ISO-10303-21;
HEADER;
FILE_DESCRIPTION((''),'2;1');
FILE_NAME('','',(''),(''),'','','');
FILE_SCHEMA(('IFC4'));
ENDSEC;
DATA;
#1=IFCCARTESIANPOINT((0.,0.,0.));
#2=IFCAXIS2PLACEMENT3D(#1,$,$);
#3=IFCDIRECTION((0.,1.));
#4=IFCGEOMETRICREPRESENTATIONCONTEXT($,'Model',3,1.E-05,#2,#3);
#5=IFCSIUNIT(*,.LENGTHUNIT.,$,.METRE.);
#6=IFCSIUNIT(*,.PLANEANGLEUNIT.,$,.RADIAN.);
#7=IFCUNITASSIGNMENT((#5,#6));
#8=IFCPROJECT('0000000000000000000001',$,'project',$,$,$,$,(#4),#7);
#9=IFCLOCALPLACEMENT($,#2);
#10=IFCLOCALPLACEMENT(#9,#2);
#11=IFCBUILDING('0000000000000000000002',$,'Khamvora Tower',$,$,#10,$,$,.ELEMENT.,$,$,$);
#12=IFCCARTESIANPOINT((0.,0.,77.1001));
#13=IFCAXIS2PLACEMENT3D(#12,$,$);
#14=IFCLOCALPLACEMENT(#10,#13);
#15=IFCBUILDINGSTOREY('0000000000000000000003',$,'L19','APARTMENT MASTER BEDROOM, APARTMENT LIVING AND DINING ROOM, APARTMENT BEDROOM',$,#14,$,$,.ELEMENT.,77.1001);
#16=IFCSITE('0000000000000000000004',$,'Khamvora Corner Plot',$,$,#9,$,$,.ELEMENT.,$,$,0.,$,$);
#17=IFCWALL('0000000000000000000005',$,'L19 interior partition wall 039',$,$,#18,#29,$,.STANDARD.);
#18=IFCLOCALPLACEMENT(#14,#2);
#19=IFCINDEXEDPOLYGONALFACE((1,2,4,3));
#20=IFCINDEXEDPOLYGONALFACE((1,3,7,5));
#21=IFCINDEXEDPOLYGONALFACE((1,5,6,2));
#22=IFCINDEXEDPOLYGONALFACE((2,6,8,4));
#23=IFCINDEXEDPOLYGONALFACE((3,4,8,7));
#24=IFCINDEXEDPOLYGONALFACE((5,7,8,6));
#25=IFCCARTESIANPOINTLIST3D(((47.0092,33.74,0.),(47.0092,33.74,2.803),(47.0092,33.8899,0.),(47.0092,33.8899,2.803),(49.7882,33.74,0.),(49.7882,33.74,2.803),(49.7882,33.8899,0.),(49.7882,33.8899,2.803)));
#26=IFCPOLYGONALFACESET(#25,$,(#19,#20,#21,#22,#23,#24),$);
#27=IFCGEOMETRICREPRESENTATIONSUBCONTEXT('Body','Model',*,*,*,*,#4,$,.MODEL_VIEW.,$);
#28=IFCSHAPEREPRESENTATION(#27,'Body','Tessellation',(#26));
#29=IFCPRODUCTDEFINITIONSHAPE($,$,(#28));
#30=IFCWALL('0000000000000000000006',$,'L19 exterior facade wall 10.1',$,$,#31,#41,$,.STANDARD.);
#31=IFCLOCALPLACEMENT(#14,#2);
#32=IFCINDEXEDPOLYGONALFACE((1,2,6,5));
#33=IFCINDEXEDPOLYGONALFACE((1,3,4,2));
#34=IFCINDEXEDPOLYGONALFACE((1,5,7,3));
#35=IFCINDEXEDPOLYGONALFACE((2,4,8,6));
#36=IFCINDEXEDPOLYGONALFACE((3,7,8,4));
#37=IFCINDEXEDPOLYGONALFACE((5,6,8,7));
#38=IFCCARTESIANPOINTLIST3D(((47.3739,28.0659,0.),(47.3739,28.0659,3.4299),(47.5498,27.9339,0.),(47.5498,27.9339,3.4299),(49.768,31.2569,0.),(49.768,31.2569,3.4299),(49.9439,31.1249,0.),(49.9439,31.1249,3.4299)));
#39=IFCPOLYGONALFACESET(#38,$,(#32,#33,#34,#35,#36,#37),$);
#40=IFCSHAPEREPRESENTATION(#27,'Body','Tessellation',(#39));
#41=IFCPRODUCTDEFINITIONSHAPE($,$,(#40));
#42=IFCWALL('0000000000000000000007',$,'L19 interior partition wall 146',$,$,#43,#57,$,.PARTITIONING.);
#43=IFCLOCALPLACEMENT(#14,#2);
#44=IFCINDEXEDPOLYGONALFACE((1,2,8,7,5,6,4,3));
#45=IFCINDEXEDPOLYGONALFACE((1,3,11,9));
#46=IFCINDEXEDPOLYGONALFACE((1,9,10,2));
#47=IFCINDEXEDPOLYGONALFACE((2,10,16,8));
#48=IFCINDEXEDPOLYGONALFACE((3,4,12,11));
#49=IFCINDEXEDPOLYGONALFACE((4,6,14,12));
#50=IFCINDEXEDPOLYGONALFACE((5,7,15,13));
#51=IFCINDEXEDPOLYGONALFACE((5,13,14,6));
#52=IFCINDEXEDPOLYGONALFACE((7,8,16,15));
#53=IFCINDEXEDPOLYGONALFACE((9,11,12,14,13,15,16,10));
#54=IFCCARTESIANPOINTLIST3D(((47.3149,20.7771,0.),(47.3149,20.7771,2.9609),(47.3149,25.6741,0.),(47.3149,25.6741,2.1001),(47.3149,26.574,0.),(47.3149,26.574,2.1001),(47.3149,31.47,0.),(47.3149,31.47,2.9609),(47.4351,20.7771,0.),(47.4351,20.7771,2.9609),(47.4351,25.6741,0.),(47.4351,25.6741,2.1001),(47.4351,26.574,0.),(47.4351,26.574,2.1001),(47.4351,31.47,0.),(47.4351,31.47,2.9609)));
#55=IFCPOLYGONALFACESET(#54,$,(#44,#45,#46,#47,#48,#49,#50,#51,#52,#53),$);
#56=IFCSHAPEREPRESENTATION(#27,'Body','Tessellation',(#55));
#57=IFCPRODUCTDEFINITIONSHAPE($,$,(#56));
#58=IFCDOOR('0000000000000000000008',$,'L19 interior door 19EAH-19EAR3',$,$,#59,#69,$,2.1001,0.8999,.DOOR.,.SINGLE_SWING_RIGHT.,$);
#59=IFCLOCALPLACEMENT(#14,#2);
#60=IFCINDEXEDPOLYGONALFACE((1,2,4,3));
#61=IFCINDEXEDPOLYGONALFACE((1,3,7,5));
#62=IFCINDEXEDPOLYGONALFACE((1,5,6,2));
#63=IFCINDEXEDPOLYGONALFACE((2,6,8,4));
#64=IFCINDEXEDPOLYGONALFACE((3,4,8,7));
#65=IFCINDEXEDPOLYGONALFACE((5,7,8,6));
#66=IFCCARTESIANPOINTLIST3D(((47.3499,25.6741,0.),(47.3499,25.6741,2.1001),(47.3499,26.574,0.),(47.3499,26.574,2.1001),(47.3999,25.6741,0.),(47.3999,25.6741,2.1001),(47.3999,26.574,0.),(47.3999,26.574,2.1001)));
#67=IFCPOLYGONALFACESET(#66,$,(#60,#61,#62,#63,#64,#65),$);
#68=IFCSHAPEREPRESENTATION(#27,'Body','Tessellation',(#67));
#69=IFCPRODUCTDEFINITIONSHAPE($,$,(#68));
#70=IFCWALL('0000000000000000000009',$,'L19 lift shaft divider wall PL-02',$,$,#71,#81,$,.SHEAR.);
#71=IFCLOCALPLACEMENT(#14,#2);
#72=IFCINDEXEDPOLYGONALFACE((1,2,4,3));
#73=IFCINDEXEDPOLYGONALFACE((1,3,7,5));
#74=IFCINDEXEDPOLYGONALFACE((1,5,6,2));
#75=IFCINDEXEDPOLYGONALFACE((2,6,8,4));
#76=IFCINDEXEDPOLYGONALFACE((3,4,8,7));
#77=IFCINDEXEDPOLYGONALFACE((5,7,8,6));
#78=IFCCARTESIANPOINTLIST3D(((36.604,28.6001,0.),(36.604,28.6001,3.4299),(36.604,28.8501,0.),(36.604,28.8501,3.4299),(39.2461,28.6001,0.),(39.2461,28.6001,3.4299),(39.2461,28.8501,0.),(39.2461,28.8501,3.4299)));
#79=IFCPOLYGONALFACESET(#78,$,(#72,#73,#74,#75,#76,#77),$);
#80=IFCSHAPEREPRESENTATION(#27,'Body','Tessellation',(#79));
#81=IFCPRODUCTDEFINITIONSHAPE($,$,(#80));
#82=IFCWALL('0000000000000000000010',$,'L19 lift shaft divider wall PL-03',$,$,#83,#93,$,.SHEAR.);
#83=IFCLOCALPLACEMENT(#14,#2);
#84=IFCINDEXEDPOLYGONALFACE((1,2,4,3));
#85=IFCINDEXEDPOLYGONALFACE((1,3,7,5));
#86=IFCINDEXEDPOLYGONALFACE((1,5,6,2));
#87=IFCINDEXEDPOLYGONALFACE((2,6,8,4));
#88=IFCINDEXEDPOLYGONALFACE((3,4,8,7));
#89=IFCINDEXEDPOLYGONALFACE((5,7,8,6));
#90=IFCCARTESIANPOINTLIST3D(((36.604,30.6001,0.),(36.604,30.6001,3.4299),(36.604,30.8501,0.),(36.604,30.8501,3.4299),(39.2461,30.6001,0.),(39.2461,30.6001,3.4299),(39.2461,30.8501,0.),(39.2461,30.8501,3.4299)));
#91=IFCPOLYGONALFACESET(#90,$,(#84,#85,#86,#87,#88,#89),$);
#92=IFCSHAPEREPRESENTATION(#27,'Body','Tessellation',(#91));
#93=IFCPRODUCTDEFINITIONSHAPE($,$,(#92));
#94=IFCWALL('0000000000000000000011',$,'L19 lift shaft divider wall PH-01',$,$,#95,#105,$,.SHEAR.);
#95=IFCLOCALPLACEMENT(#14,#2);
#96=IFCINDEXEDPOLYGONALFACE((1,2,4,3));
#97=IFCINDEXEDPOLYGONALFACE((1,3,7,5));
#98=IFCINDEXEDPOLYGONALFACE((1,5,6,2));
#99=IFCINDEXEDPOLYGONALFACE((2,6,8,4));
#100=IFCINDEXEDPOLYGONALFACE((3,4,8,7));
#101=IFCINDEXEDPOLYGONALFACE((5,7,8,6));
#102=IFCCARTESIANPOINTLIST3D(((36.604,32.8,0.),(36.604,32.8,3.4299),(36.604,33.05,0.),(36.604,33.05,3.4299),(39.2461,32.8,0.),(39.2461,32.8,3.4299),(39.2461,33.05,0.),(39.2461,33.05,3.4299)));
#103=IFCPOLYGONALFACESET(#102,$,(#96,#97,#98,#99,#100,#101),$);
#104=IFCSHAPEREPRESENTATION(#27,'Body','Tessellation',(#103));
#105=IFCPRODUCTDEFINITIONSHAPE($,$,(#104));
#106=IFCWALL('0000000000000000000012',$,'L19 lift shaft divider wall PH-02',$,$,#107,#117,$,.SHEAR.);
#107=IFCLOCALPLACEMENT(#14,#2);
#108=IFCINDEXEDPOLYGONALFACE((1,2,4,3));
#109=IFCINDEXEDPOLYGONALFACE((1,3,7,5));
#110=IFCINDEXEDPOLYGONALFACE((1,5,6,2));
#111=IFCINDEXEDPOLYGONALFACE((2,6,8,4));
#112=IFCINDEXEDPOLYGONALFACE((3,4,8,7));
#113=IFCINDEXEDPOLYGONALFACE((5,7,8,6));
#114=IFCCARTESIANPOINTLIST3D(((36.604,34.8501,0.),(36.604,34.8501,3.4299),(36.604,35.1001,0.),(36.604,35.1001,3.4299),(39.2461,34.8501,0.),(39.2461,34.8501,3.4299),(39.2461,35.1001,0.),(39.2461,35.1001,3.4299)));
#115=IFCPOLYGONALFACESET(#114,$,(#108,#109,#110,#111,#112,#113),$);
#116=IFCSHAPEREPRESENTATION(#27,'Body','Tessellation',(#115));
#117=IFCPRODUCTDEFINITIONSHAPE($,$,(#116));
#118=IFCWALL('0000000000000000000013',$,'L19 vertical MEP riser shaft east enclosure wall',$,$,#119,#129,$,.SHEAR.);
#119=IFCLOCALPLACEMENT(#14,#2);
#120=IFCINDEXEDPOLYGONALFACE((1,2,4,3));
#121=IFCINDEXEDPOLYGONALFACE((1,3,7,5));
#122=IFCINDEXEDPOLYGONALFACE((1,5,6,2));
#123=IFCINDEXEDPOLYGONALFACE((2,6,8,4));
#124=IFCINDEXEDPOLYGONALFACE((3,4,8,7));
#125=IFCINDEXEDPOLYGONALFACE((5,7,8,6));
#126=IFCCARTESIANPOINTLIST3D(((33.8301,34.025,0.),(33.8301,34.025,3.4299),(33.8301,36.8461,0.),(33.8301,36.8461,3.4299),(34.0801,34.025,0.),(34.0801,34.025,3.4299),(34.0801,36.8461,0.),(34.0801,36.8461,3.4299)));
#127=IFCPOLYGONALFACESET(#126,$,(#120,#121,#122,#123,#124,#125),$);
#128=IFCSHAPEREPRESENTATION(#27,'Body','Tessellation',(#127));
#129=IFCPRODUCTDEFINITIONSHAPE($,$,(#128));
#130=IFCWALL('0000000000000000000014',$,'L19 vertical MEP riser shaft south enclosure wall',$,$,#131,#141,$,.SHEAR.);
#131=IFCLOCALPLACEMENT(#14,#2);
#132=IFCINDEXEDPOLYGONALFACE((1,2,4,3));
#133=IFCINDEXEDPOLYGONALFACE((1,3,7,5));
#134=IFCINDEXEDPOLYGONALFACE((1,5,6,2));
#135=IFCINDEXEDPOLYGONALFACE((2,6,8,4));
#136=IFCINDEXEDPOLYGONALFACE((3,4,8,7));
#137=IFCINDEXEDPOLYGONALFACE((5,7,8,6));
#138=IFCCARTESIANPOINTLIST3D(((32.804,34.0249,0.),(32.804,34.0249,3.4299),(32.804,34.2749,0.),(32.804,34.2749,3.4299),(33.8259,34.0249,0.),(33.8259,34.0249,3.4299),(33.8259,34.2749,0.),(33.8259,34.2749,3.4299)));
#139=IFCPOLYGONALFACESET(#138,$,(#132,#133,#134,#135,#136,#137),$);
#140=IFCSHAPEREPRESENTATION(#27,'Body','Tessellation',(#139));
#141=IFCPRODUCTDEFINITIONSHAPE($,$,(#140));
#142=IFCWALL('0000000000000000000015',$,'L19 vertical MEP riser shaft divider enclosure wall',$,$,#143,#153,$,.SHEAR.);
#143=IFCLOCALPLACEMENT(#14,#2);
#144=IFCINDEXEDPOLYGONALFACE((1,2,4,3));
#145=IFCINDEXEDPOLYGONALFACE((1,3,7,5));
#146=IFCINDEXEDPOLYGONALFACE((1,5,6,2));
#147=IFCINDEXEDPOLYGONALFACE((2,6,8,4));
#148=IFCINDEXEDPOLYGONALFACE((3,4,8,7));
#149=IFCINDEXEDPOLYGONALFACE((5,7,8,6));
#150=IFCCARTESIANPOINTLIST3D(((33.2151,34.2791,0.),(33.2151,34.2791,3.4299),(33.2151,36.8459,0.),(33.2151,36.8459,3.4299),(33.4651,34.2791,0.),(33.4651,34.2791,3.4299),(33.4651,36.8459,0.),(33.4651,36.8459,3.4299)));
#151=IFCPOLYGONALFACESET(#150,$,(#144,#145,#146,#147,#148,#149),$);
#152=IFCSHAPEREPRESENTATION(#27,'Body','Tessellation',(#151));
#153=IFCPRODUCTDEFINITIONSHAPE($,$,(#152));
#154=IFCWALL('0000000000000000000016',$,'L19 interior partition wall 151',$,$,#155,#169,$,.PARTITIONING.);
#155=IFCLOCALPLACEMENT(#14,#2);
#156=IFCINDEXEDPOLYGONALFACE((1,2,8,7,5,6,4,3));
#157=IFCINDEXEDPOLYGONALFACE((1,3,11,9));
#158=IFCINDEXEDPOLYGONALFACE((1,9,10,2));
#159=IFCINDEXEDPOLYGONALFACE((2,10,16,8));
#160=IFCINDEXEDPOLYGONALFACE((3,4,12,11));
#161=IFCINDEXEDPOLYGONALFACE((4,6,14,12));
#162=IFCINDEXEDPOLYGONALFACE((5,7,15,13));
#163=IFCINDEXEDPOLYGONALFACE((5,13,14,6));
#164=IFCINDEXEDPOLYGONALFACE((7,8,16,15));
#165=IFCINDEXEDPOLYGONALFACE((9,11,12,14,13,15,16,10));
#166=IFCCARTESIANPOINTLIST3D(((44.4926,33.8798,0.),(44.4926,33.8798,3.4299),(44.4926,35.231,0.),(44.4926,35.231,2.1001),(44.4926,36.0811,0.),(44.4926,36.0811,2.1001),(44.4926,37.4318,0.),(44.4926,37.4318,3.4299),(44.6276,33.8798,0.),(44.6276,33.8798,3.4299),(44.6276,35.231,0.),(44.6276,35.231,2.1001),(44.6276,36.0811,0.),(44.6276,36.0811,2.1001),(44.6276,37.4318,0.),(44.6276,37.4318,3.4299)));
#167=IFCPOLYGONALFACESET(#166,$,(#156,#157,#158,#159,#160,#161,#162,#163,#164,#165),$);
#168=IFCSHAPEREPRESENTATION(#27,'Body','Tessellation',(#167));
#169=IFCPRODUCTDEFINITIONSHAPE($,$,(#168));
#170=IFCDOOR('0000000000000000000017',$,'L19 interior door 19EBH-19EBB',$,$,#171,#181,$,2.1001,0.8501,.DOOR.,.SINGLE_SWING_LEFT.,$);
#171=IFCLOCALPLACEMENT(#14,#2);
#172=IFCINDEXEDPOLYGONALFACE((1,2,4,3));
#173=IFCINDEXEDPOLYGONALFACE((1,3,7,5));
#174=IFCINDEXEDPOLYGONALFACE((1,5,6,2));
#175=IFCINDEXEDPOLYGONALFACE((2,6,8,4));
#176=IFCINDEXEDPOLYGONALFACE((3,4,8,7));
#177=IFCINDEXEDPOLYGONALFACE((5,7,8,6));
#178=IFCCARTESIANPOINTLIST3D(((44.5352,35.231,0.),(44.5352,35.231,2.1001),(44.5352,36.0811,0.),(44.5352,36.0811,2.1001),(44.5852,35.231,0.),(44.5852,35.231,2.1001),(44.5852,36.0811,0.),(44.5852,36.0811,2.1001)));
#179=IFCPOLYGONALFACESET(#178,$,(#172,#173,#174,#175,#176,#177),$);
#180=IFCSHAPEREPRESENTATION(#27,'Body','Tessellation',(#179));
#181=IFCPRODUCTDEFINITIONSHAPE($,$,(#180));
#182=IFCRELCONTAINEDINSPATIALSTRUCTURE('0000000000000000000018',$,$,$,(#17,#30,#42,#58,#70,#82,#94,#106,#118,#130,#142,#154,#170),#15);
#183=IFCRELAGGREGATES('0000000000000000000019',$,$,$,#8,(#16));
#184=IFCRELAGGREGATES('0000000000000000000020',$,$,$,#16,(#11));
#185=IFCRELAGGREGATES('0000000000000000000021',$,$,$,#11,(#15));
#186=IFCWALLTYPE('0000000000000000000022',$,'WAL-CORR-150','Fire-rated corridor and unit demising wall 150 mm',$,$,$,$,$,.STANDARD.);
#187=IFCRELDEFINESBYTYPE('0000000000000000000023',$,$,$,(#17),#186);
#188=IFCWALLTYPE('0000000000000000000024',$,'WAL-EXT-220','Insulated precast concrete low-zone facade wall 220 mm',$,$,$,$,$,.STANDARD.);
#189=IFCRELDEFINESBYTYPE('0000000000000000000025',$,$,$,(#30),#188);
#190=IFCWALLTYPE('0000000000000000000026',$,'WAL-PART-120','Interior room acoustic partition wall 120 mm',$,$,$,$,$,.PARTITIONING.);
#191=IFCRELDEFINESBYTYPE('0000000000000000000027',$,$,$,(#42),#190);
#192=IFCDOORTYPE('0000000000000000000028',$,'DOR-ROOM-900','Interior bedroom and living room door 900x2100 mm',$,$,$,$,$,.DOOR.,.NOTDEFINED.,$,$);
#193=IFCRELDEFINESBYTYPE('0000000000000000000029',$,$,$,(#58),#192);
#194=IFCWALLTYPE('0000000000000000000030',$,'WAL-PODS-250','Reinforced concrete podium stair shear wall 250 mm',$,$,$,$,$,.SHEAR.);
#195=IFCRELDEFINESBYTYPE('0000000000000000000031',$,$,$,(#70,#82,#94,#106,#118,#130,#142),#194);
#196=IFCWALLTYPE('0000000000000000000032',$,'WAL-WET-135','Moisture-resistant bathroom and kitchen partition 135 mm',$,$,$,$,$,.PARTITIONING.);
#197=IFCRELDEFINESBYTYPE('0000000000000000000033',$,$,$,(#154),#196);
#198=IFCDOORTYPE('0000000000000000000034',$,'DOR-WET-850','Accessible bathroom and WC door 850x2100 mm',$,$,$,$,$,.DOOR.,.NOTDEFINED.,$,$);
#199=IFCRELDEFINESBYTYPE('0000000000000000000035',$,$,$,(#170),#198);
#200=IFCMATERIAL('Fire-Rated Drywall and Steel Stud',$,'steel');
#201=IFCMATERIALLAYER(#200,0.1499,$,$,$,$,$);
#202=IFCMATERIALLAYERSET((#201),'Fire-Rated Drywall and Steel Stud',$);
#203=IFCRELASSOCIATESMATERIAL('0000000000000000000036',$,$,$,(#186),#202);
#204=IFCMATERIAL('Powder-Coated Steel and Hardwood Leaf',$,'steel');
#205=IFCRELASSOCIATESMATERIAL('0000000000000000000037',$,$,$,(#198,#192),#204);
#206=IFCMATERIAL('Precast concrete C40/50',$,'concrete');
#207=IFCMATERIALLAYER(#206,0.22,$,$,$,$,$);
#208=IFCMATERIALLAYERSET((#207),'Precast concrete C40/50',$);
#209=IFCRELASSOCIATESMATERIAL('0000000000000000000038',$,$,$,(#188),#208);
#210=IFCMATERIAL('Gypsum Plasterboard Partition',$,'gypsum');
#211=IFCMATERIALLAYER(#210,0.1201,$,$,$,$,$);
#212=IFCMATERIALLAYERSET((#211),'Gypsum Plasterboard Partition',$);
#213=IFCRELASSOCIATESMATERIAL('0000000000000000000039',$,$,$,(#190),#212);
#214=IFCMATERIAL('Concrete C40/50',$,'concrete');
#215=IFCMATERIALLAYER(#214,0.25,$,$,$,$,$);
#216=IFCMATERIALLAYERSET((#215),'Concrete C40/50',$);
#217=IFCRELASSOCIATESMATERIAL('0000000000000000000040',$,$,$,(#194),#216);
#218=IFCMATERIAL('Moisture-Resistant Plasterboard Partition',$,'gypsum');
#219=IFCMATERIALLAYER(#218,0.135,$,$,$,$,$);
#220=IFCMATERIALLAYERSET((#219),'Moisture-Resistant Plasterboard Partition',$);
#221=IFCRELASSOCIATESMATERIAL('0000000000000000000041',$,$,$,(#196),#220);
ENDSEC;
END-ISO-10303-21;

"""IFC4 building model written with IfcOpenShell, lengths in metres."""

from ifc_helpers import new_model, si_unit, direction, frame, frame_2d, origin, place, context, subcontext, project, spatial, rectangle, extrude, material, layer, layer_set, type_object, element, fill, save


model = new_model("IFC4")

# Units and contexts
model_context = context("Model", 3, precision=1e-05, world=origin(), true_north=direction((0.0, 1.0)))
body_context = subcontext(model_context, "Body", "Model", "MODEL_VIEW")
ifc_project = project(units=[si_unit("LENGTHUNIT", "METRE"), si_unit("PLANEANGLEUNIT", "RADIAN")], contexts=[model_context])

# Site, building, storey
site_placement = place(None, origin())
site = spatial("IfcSite", under=ifc_project, at=site_placement, Name="Khamvora Corner Plot", CompositionType="ELEMENT", RefElevation=0.0)
building_placement = place(site_placement, origin())
building = spatial("IfcBuilding", under=site, at=building_placement, Name="Khamvora Tower", CompositionType="ELEMENT")
storey_placement = place(building_placement, frame((0.0, 0.0, 77.1001)))
storey = spatial("IfcBuildingStorey", under=building, at=storey_placement, Name="L19", Description="APARTMENT MASTER BEDROOM, APARTMENT LIVING AND DINING ROOM, APARTMENT BEDROOM", CompositionType="ELEMENT", Elevation=77.1001)

# Shared definitions
ifc_material_1 = material(Name="Fire-Rated Drywall and Steel Stud", Category="steel")
ifc_layer_1 = layer(ifc_material_1, 0.1499)
ifc_layer_set_1 = layer_set([ifc_layer_1], Name="Fire-Rated Drywall and Steel Stud")
wall_type_1 = type_object("IfcWallType", Name="WAL-CORR-150", Description="Fire-rated corridor and unit demising wall 150 mm", PredefinedType="STANDARD", material=ifc_layer_set_1)

# Shared definitions
ifc_material_2 = material(Name="Powder-Coated Steel and Hardwood Leaf", Category="steel")
door_type_1 = type_object("IfcDoorType", Name="DOR-WET-850", Description="Accessible bathroom and WC door 850x2100 mm", OperationType="NOTDEFINED", PredefinedType="DOOR", material=ifc_material_2)

# Walls
wall_1_placement = place(storey_placement, frame((47.009, 33.8149, 0.0), z_axis=(0.0, 0.0, 1.0), x_axis=(1.0, 0.0, 0.0)))
element("IfcWall", 1, at=wall_1_placement, inside=storey, type_object=wall_type_1, Name="L19 interior partition wall 039", PredefinedType="STANDARD", context=body_context, shape_type="SweptSolid", body=[
    extrude(rectangle(XDim=2.7791, YDim=0.1499, at=frame_2d((1.3896, 0.0))), origin(), (0.0, 0.0, 1.0), 2.803),
])
ifc_material_3 = material(Name="Precast concrete C40/50", Category="concrete")
ifc_layer_2 = layer(ifc_material_3, 0.22)
ifc_layer_set_2 = layer_set([ifc_layer_2], Name="Precast concrete C40/50")
wall_type_2 = type_object("IfcWallType", Name="WAL-EXT-220", Description="Insulated precast concrete low-zone facade wall 220 mm", PredefinedType="STANDARD", material=ifc_layer_set_2)
wall_2_placement = place(storey_placement, frame((49.856, 31.1909, 0.0), z_axis=(0.0, 0.0, 1.0), x_axis=(-0.600137, -0.799897, 0.0)))
element("IfcWall", 2, at=wall_2_placement, inside=storey, type_object=wall_type_2, Name="L19 exterior facade wall 10.1", PredefinedType="STANDARD", context=body_context, shape_type="SweptSolid", body=[
    extrude(rectangle(XDim=3.9893, YDim=0.22, at=frame_2d((1.9946, 0.0))), origin(), (0.0, 0.0, 1.0), 3.4299),
])

# Wall, opening, door
ifc_material_4 = material(Name="Gypsum Plasterboard Partition", Category="gypsum")
ifc_layer_3 = layer(ifc_material_4, 0.1201)
ifc_layer_set_3 = layer_set([ifc_layer_3], Name="Gypsum Plasterboard Partition")
wall_type_3 = type_object("IfcWallType", Name="WAL-PART-120", Description="Interior room acoustic partition wall 120 mm", PredefinedType="PARTITIONING", material=ifc_layer_set_3)
wall_3_placement = place(storey_placement, frame((47.375, 31.47, 0.0), z_axis=(0.0, 0.0, 1.0), x_axis=(0.0, -1.0, 0.0)))
wall_3 = element("IfcWall", 3, at=wall_3_placement, inside=storey, type_object=wall_type_3, Name="L19 interior partition wall 146", PredefinedType="PARTITIONING", context=body_context, shape_type="SweptSolid", body=[
    extrude(rectangle(XDim=10.6929, YDim=0.1201, at=frame_2d((5.3464, 0.0))), origin(), (0.0, 0.0, 1.0), 2.9609),
])
opening_1_placement = place(wall_3_placement, frame((4.896, 0.0, 0.0)))
opening_1 = element("IfcOpeningElement", 4, at=opening_1_placement, cuts=wall_3, PredefinedType="OPENING", context=body_context, shape_type="SweptSolid", body=[
    extrude(rectangle(XDim=0.8999, YDim=2.1001, at=frame_2d((0.45, 1.05))), frame((0.0, 0.0701, 0.0), z_axis=(0.0, -1.0, 0.0), x_axis=(1.0, 0.0, 0.0)), (0.0, 0.0, 1.0), 0.1401),
])
door_type_2 = type_object("IfcDoorType", Name="DOR-ROOM-900", Description="Interior bedroom and living room door 900x2100 mm", OperationType="NOTDEFINED", PredefinedType="DOOR", material=ifc_material_2)
door_1_placement = place(opening_1_placement, origin())
door_1 = element("IfcDoor", 5, at=door_1_placement, inside=storey, type_object=door_type_2, Name="L19 interior door 19EAH-19EAR3", OperationType="SINGLE_SWING_RIGHT", OverallHeight=2.1001, OverallWidth=0.8999, PredefinedType="DOOR", context=body_context, shape_type="SweptSolid", body=[
    extrude(rectangle(XDim=0.8999, YDim=2.1001, at=frame_2d((0.45, 1.05))), frame((0.0, 0.0249, 0.0), z_axis=(0.0, -1.0, 0.0), x_axis=(1.0, 0.0, 0.0)), (0.0, 0.0, 1.0), 0.05),
])
fill(opening_1, door_1)

# Walls
ifc_material_5 = material(Name="Concrete C40/50", Category="concrete")
ifc_layer_4 = layer(ifc_material_5, 0.25)
ifc_layer_set_4 = layer_set([ifc_layer_4], Name="Concrete C40/50")
wall_type_4 = type_object("IfcWallType", Name="WAL-PODS-250", Description="Reinforced concrete podium stair shear wall 250 mm", PredefinedType="SHEAR", material=ifc_layer_set_4)
for number, where, z_axis, x_axis, name in (
    (6, (36.604, 28.7251, 0.0), (0.0, 0.0, 1.0), (1.0, 0.0, 0.0), "L19 lift shaft divider wall PL-02"),
    (7, (36.604, 30.7251, 0.0), (0.0, 0.0, 1.0), (1.0, 0.0, 0.0), "L19 lift shaft divider wall PL-03"),
    (8, (36.604, 32.925, 0.0), (0.0, 0.0, 1.0), (1.0, 0.0, 0.0), "L19 lift shaft divider wall PH-01"),
    (9, (36.604, 34.9751, 0.0), (0.0, 0.0, 1.0), (1.0, 0.0, 0.0), "L19 lift shaft divider wall PH-02"),
):
    element("IfcWall", number, at=place(storey_placement, frame(where, z_axis=z_axis, x_axis=x_axis)), inside=storey, type_object=wall_type_4, Name=name, PredefinedType="SHEAR", context=body_context, shape_type="SweptSolid", body=[
        extrude(rectangle(XDim=2.6421, YDim=0.25, at=frame_2d((1.321, 0.0))), origin(), (0.0, 0.0, 1.0), 3.4299),
    ])
wall_4_placement = place(storey_placement, frame((33.9551, 34.0249, 0.0), z_axis=(0.0, 0.0, 1.0), x_axis=(0.0, 1.0, 0.0)))
element("IfcWall", 10, at=wall_4_placement, inside=storey, type_object=wall_type_4, Name="L19 vertical MEP riser shaft east enclosure wall", PredefinedType="SHEAR", context=body_context, shape_type="SweptSolid", body=[
    extrude(rectangle(XDim=2.821, YDim=0.25, at=frame_2d((1.4106, 0.0))), origin(), (0.0, 0.0, 1.0), 3.4299),
])
wall_5_placement = place(storey_placement, frame((32.804, 34.1499, 0.0), z_axis=(0.0, 0.0, 1.0), x_axis=(1.0, 0.0, 0.0)))
element("IfcWall", 11, at=wall_5_placement, inside=storey, type_object=wall_type_4, Name="L19 vertical MEP riser shaft south enclosure wall", PredefinedType="SHEAR", context=body_context, shape_type="SweptSolid", body=[
    extrude(rectangle(XDim=1.022, YDim=0.25, at=frame_2d((0.511, 0.0))), origin(), (0.0, 0.0, 1.0), 3.4299),
])
wall_6_placement = place(storey_placement, frame((33.3401, 34.2791, 0.0), z_axis=(0.0, 0.0, 1.0), x_axis=(0.0, 1.0, 0.0)))
element("IfcWall", 12, at=wall_6_placement, inside=storey, type_object=wall_type_4, Name="L19 vertical MEP riser shaft divider enclosure wall", PredefinedType="SHEAR", context=body_context, shape_type="SweptSolid", body=[
    extrude(rectangle(XDim=2.5669, YDim=0.25, at=frame_2d((1.2834, 0.0))), origin(), (0.0, 0.0, 1.0), 3.4299),
])

# Wall, opening, door
ifc_material_6 = material(Name="Moisture-Resistant Plasterboard Partition", Category="gypsum")
ifc_layer_5 = layer(ifc_material_6, 0.135)
ifc_layer_set_5 = layer_set([ifc_layer_5], Name="Moisture-Resistant Plasterboard Partition")
wall_type_5 = type_object("IfcWallType", Name="WAL-WET-135", Description="Moisture-resistant bathroom and kitchen partition 135 mm", PredefinedType="PARTITIONING", material=ifc_layer_set_5)
wall_7_placement = place(storey_placement, frame((44.5601, 33.8799, 0.0), z_axis=(0.0, 0.0, 1.0), x_axis=(0.0, 1.0, 0.0)))
wall_7 = element("IfcWall", 13, at=wall_7_placement, inside=storey, type_object=wall_type_5, Name="L19 interior partition wall 151", PredefinedType="PARTITIONING", context=body_context, shape_type="SweptSolid", body=[
    extrude(rectangle(XDim=3.552, YDim=0.135, at=frame_2d((1.7759, 0.0))), origin(), (0.0, 0.0, 1.0), 3.4299),
])
opening_2_placement = place(wall_7_placement, frame((1.3511, 0.0, 0.0)))
opening_2 = element("IfcOpeningElement", 14, at=opening_2_placement, cuts=wall_7, PredefinedType="OPENING", context=body_context, shape_type="SweptSolid", body=[
    extrude(rectangle(XDim=0.8501, YDim=2.1001, at=frame_2d((0.425, 1.05))), frame((0.0, 0.0774, 0.0), z_axis=(0.0, -1.0, 0.0), x_axis=(1.0, 0.0, 0.0)), (0.0, 0.0, 1.0), 0.155),
])
door_2_placement = place(opening_2_placement, origin())
door_2 = element("IfcDoor", 15, at=door_2_placement, inside=storey, type_object=door_type_1, Name="L19 interior door 19EBH-19EBB", OperationType="SINGLE_SWING_LEFT", OverallHeight=2.1001, OverallWidth=0.8501, PredefinedType="DOOR", context=body_context, shape_type="SweptSolid", body=[
    extrude(rectangle(XDim=0.8501, YDim=2.1001, at=frame_2d((0.425, 1.05))), frame((0.0, 0.0249, 0.0), z_axis=(0.0, -1.0, 0.0), x_axis=(1.0, 0.0, 0.0)), (0.0, 0.0, 1.0), 0.05),
])
fill(opening_2, door_2)

save(model, "model.ifc")
